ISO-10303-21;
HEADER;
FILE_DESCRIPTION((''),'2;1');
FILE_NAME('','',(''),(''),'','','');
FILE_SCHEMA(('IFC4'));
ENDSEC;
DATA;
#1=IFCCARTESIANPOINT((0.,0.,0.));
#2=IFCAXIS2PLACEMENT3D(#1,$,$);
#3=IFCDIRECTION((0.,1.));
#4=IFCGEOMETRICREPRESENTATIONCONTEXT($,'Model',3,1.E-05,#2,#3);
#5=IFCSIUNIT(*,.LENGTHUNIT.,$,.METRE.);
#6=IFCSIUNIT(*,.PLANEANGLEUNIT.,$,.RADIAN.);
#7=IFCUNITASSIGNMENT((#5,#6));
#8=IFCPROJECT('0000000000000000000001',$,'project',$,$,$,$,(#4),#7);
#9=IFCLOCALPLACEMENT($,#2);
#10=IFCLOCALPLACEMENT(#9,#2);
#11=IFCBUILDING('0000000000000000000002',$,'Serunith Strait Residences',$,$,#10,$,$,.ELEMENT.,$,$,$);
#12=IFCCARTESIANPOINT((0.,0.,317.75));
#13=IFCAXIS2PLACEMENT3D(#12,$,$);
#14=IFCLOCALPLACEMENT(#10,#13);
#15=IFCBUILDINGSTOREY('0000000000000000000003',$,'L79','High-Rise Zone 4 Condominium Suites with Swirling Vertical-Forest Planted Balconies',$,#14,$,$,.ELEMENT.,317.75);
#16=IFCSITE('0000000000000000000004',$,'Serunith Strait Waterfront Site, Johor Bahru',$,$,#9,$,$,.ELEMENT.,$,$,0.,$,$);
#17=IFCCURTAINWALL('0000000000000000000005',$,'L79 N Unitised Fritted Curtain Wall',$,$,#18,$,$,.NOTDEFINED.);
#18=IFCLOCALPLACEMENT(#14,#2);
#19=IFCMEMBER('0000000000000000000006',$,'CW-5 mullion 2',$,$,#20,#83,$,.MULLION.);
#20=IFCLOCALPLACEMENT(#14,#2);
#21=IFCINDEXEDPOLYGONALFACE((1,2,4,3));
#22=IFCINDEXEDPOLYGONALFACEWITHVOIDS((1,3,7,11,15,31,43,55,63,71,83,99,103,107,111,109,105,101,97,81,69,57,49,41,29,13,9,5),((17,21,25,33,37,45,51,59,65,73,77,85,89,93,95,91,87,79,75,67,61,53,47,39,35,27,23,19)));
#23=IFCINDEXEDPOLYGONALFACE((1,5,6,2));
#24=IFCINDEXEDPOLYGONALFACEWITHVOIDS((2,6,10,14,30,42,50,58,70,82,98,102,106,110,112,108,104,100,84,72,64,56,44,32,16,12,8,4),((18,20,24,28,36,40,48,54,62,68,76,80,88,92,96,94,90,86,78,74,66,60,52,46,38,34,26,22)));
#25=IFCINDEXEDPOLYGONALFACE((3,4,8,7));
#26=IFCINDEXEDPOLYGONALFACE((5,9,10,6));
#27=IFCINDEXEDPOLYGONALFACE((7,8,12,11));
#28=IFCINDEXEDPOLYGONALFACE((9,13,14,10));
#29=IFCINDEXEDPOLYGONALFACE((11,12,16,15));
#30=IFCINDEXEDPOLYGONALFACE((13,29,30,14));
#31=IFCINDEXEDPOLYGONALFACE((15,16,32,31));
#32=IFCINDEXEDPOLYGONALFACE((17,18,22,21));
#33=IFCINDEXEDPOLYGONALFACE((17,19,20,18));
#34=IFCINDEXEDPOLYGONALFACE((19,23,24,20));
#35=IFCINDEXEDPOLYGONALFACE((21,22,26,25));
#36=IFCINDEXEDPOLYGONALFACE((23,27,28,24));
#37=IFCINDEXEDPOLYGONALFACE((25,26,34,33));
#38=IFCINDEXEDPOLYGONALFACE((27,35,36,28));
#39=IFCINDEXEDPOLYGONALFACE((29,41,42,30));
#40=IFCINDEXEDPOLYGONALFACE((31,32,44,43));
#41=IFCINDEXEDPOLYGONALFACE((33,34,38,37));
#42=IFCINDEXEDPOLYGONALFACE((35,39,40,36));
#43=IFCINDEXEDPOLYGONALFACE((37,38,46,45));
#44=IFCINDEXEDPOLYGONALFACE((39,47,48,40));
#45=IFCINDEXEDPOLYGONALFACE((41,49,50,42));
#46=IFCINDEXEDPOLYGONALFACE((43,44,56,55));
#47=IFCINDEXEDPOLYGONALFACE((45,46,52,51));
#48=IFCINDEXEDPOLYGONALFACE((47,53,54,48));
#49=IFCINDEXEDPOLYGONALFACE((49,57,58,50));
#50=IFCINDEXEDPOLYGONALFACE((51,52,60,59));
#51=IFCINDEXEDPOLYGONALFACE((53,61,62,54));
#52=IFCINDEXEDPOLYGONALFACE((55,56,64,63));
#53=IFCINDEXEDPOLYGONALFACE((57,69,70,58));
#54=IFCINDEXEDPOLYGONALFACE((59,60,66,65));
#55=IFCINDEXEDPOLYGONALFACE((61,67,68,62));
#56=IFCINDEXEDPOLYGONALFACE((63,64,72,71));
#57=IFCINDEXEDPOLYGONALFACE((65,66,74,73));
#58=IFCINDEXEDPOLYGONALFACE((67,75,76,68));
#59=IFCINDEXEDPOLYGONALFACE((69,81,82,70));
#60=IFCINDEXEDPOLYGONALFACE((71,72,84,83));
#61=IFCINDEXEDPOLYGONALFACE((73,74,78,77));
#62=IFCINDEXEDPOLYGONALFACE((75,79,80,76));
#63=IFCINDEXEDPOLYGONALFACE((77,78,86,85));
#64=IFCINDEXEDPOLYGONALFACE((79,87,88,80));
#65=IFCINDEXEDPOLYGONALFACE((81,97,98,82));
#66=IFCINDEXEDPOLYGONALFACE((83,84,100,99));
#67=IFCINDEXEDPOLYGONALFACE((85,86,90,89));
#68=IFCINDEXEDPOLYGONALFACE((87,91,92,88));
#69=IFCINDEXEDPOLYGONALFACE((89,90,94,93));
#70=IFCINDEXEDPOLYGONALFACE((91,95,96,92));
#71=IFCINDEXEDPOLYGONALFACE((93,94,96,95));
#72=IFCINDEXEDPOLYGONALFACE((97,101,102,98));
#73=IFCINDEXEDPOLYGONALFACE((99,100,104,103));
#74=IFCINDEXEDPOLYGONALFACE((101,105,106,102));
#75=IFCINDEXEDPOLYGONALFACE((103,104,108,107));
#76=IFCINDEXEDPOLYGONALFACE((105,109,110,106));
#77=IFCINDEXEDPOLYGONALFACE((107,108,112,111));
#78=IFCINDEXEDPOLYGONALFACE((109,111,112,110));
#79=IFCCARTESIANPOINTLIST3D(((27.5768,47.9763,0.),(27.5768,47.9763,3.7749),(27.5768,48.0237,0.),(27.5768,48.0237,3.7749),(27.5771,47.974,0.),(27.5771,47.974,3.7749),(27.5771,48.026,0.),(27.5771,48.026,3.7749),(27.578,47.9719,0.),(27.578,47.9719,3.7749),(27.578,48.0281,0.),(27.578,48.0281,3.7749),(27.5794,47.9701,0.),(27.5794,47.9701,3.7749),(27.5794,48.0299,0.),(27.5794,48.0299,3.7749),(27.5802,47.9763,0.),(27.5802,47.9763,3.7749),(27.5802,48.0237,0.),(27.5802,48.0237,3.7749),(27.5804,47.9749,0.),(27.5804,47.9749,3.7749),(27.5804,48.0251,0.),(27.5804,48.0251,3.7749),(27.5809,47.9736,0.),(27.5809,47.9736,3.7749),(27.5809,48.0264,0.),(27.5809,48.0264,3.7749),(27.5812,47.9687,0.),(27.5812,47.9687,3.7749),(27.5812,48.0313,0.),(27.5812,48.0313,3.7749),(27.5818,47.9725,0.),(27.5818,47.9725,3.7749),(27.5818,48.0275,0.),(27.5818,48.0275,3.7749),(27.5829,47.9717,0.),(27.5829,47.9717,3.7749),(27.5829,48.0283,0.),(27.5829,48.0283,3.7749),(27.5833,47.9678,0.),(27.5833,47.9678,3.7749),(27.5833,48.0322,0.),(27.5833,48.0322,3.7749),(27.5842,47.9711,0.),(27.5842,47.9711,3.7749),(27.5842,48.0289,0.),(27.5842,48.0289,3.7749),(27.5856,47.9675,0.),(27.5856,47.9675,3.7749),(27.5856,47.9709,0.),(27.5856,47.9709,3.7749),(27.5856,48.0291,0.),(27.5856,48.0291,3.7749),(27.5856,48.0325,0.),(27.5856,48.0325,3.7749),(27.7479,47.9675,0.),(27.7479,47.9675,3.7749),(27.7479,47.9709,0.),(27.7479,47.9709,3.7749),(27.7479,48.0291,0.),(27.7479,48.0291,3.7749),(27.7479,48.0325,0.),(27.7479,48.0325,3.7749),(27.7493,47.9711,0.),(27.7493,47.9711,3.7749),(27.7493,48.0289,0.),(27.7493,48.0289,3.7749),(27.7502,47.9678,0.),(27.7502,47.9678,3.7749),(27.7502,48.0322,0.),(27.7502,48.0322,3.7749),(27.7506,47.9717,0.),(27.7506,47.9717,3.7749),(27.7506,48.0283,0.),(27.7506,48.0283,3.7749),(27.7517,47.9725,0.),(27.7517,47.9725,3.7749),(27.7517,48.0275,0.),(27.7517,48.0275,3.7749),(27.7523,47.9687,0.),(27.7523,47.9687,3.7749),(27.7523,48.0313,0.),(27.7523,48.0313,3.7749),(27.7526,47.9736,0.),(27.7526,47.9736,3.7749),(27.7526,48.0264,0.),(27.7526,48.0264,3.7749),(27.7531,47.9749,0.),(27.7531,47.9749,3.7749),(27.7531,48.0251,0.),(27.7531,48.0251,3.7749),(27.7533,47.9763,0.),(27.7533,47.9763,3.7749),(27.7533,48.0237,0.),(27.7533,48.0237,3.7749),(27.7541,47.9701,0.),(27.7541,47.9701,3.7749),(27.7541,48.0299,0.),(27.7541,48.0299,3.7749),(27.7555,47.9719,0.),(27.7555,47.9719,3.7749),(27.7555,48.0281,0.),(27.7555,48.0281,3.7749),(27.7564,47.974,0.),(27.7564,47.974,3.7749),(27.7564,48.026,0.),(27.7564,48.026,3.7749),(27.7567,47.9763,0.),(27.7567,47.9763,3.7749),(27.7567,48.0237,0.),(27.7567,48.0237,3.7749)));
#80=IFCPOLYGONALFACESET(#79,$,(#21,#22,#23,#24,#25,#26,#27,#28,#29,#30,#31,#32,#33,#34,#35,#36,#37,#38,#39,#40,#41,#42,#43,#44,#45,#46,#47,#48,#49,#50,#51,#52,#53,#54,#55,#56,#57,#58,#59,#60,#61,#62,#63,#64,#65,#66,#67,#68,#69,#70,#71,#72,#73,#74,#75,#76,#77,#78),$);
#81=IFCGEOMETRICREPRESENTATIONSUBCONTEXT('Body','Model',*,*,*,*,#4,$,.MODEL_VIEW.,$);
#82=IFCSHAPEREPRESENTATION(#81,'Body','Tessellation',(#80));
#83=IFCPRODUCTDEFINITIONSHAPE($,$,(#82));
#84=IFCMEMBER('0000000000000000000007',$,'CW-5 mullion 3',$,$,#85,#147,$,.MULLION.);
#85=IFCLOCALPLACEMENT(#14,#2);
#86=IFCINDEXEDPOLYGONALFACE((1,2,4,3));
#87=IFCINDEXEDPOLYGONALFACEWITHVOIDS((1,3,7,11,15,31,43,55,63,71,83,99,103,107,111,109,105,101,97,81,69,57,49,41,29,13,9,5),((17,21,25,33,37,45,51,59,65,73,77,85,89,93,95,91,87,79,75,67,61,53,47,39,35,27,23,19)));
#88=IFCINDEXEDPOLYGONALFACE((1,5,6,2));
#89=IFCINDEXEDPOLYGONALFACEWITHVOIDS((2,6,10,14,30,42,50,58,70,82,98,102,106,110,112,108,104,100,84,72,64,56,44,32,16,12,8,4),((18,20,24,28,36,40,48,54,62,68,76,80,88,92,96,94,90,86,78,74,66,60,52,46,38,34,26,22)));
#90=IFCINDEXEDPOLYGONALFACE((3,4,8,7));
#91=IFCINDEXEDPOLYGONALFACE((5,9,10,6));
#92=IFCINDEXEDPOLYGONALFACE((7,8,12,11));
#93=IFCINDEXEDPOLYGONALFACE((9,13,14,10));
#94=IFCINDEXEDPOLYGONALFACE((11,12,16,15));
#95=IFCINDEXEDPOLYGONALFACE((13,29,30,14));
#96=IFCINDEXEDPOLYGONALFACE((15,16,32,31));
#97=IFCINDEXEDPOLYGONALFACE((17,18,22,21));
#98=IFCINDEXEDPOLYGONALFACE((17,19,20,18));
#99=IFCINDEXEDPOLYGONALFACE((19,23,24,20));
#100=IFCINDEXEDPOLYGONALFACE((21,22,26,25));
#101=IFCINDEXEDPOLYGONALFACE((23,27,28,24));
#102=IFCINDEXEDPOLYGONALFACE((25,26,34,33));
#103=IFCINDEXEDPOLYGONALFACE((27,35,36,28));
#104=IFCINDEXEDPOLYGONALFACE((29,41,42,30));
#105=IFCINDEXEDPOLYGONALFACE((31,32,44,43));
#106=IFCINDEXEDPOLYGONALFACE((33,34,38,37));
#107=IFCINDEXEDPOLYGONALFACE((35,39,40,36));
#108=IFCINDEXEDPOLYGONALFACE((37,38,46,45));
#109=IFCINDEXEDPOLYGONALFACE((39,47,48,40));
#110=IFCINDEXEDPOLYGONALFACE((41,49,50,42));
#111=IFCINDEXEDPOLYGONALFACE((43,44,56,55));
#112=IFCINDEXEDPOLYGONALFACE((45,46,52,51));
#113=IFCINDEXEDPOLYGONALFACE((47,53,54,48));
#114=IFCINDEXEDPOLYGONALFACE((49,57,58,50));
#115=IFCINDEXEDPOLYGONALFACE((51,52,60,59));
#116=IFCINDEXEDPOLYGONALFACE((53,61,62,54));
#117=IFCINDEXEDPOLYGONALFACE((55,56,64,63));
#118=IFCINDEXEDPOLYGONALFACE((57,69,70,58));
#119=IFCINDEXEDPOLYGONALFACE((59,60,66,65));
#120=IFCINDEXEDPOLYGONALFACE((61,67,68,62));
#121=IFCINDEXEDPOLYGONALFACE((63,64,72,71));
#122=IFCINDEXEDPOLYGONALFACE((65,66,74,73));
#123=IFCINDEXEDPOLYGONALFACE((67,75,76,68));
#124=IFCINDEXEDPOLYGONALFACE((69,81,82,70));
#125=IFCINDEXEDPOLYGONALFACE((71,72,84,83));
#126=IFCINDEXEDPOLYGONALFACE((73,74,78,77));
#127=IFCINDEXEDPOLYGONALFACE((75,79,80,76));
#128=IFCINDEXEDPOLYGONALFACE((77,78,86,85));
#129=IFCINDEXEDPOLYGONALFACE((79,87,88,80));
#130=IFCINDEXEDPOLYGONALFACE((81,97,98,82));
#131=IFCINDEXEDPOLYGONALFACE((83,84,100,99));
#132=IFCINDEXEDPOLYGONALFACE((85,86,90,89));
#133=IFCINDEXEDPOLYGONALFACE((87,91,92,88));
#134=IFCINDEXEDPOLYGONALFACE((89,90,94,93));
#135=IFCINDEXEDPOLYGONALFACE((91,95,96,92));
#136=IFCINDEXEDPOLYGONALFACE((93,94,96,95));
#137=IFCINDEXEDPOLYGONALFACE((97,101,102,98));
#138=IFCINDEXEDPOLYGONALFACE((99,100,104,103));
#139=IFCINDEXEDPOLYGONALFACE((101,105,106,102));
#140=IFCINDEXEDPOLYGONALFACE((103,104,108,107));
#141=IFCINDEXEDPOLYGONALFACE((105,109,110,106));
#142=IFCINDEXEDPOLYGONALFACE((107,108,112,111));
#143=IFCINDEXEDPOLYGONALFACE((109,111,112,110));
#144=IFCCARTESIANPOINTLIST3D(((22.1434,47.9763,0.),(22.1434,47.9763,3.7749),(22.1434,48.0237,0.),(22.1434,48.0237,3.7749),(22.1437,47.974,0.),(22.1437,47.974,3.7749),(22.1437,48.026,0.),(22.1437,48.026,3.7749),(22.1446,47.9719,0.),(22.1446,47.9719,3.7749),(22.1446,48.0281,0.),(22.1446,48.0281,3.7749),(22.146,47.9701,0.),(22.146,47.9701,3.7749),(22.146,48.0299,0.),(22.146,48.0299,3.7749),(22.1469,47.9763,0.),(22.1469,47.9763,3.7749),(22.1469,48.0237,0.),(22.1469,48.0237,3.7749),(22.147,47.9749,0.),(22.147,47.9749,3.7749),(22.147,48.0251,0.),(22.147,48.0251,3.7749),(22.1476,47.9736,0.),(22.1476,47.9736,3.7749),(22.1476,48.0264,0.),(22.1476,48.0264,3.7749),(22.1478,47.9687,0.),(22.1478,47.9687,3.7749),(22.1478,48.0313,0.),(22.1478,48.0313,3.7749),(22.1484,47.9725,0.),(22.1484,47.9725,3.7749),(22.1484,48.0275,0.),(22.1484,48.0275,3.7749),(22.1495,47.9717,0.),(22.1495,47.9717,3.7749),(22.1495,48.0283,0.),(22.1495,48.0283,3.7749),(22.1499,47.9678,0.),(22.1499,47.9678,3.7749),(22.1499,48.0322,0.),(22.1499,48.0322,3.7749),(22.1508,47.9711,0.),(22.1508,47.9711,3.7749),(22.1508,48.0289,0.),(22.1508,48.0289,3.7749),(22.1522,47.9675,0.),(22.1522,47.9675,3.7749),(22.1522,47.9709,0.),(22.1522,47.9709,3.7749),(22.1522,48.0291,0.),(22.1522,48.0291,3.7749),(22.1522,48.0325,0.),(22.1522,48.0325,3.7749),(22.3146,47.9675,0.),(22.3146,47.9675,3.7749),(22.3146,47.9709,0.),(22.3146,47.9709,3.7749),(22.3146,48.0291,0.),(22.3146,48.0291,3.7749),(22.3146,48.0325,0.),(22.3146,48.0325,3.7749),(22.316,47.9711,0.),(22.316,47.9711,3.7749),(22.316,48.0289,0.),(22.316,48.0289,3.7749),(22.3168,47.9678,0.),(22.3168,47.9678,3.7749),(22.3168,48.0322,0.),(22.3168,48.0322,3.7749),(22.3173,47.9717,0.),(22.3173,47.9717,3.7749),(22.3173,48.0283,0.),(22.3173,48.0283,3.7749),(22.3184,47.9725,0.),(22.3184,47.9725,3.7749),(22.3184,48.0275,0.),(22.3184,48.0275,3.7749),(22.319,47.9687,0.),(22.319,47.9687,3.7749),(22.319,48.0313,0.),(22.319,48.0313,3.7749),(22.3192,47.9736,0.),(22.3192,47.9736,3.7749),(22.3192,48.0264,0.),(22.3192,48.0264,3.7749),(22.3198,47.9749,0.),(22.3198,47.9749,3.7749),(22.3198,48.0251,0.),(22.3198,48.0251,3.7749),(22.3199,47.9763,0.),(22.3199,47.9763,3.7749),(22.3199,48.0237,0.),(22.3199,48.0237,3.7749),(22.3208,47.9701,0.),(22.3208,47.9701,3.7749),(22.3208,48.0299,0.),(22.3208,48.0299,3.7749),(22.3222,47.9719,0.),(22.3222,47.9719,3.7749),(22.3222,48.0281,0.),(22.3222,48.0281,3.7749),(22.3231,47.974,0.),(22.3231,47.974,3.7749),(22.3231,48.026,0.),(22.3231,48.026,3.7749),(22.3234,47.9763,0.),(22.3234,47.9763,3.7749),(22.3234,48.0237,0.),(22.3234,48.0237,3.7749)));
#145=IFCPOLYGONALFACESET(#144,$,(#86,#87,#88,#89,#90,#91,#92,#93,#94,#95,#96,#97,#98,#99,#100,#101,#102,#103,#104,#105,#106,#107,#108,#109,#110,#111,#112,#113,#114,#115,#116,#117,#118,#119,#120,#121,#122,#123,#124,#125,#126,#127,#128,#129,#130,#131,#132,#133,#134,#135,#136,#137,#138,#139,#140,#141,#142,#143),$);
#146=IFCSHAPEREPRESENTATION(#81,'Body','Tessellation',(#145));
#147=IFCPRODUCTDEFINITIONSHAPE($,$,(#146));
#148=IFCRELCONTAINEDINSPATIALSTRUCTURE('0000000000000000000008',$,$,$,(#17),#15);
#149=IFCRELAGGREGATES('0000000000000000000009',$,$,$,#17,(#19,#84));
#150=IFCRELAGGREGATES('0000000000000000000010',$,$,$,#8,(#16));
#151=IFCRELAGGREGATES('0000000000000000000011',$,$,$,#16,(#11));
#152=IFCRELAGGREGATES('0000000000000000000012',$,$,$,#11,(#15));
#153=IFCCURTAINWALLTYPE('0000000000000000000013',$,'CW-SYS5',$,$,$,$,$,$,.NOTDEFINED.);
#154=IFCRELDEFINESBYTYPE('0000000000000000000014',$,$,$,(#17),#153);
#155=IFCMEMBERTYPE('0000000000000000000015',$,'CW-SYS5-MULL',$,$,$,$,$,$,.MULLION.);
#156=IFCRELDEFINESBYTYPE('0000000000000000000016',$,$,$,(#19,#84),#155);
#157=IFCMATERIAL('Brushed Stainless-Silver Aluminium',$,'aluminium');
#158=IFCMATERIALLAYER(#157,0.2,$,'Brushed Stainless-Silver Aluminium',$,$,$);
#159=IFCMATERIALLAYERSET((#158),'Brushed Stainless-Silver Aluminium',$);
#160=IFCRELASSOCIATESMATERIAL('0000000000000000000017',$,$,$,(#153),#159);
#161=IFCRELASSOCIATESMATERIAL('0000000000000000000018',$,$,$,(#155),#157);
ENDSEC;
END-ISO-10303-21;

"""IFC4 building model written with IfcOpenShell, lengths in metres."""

from ifc_helpers import new_model, si_unit, direction, frame, origin, origin_2d, place, context, subcontext, project, spatial, hollow_rectangle, extrude, source, transform, mapped, material, layer, layer_set, material_profile, profile_set, type_object, element, aggregate, save


model = new_model("IFC4")

# Units and contexts
model_context = context("Model", 3, precision=1e-05, world=origin(), true_north=direction((0.0, 1.0)))
body_context = subcontext(model_context, "Body", "Model", "MODEL_VIEW")
ifc_project = project(units=[si_unit("LENGTHUNIT", "METRE"), si_unit("PLANEANGLEUNIT", "RADIAN")], contexts=[model_context])

# Site, building, storey
site_placement = place(None, origin())
site = spatial("IfcSite", under=ifc_project, at=site_placement, Name="Serunith Strait Waterfront Site, Johor Bahru", CompositionType="ELEMENT", RefElevation=0.0)
building_placement = place(site_placement, origin())
building = spatial("IfcBuilding", under=site, at=building_placement, Name="Serunith Strait Residences", CompositionType="ELEMENT")
storey_placement = place(building_placement, frame((0.0, 0.0, 317.75)))
storey = spatial("IfcBuildingStorey", under=building, at=storey_placement, Name="L79", Description="High-Rise Zone 4 Condominium Suites with Swirling Vertical-Forest Planted Balconies", CompositionType="ELEMENT", Elevation=317.75)

# Curtain wall, members
ifc_material_1 = material(Name="Brushed Stainless-Silver Aluminium", Category="aluminium")
ifc_layer_1 = layer(ifc_material_1, 0.2, Name="Brushed Stainless-Silver Aluminium")
ifc_layer_set_1 = layer_set([ifc_layer_1], Name="Brushed Stainless-Silver Aluminium")
curtain_wall_type = type_object("IfcCurtainWallType", Name="CW-SYS5", PredefinedType="NOTDEFINED", material=ifc_layer_set_1)
curtain_wall_placement = place(storey_placement, origin())
curtain_wall = element("IfcCurtainWall", 1, at=curtain_wall_placement, inside=storey, type_object=curtain_wall_type, Name="L79 N Unitised Fritted Curtain Wall", PredefinedType="NOTDEFINED")
ifc_material_profile_1 = material_profile(ifc_material_1, hollow_rectangle(XDim=0.0649, YDim=0.1799, WallThickness=0.0034, InnerFilletRadius=0.0054, OuterFilletRadius=0.0088, at=origin_2d()), Name="ALU 180x65x3.5")
ifc_profile_set_1 = profile_set([ifc_material_profile_1], Name="Brushed Stainless-Silver Aluminium")
member_type_1 = type_object("IfcMemberType", Name="CW-SYS5-MULL", PredefinedType="MULLION", material=ifc_profile_set_1)
shared_shape_1 = source(origin(), body_context, "Body", "SweptSolid", [
    extrude(hollow_rectangle(XDim=0.0649, YDim=0.1799, WallThickness=0.0034, InnerFilletRadius=0.0054, OuterFilletRadius=0.0088, at=origin_2d()), origin(), (0.0, 0.0, 1.0), 3.7749),
])
member_1_placement = place(storey_placement, frame((27.6667, 48.0, 0.0), z_axis=(0.0, 0.0, 1.0), x_axis=(0.0, -1.0, 0.0)))
member_1 = element("IfcMember", 2, at=member_1_placement, type_object=member_type_1, Name="CW-5 mullion 2", PredefinedType="MULLION", context=body_context, shape_type="MappedRepresentation", body=[
    mapped(shared_shape_1, transform((0.0, 0.0, 0.0), scale=1.0)),
])
member_2_placement = place(storey_placement, frame((22.2334, 48.0, 0.0), z_axis=(0.0, 0.0, 1.0), x_axis=(0.0, -1.0, 0.0)))
member_2 = element("IfcMember", 3, at=member_2_placement, type_object=member_type_1, Name="CW-5 mullion 3", PredefinedType="MULLION", context=body_context, shape_type="MappedRepresentation", body=[
    mapped(shared_shape_1, transform((0.0, 0.0, 0.0), scale=1.0)),
])
aggregate(curtain_wall, [member_1, member_2])

save(model, "model.ifc")
